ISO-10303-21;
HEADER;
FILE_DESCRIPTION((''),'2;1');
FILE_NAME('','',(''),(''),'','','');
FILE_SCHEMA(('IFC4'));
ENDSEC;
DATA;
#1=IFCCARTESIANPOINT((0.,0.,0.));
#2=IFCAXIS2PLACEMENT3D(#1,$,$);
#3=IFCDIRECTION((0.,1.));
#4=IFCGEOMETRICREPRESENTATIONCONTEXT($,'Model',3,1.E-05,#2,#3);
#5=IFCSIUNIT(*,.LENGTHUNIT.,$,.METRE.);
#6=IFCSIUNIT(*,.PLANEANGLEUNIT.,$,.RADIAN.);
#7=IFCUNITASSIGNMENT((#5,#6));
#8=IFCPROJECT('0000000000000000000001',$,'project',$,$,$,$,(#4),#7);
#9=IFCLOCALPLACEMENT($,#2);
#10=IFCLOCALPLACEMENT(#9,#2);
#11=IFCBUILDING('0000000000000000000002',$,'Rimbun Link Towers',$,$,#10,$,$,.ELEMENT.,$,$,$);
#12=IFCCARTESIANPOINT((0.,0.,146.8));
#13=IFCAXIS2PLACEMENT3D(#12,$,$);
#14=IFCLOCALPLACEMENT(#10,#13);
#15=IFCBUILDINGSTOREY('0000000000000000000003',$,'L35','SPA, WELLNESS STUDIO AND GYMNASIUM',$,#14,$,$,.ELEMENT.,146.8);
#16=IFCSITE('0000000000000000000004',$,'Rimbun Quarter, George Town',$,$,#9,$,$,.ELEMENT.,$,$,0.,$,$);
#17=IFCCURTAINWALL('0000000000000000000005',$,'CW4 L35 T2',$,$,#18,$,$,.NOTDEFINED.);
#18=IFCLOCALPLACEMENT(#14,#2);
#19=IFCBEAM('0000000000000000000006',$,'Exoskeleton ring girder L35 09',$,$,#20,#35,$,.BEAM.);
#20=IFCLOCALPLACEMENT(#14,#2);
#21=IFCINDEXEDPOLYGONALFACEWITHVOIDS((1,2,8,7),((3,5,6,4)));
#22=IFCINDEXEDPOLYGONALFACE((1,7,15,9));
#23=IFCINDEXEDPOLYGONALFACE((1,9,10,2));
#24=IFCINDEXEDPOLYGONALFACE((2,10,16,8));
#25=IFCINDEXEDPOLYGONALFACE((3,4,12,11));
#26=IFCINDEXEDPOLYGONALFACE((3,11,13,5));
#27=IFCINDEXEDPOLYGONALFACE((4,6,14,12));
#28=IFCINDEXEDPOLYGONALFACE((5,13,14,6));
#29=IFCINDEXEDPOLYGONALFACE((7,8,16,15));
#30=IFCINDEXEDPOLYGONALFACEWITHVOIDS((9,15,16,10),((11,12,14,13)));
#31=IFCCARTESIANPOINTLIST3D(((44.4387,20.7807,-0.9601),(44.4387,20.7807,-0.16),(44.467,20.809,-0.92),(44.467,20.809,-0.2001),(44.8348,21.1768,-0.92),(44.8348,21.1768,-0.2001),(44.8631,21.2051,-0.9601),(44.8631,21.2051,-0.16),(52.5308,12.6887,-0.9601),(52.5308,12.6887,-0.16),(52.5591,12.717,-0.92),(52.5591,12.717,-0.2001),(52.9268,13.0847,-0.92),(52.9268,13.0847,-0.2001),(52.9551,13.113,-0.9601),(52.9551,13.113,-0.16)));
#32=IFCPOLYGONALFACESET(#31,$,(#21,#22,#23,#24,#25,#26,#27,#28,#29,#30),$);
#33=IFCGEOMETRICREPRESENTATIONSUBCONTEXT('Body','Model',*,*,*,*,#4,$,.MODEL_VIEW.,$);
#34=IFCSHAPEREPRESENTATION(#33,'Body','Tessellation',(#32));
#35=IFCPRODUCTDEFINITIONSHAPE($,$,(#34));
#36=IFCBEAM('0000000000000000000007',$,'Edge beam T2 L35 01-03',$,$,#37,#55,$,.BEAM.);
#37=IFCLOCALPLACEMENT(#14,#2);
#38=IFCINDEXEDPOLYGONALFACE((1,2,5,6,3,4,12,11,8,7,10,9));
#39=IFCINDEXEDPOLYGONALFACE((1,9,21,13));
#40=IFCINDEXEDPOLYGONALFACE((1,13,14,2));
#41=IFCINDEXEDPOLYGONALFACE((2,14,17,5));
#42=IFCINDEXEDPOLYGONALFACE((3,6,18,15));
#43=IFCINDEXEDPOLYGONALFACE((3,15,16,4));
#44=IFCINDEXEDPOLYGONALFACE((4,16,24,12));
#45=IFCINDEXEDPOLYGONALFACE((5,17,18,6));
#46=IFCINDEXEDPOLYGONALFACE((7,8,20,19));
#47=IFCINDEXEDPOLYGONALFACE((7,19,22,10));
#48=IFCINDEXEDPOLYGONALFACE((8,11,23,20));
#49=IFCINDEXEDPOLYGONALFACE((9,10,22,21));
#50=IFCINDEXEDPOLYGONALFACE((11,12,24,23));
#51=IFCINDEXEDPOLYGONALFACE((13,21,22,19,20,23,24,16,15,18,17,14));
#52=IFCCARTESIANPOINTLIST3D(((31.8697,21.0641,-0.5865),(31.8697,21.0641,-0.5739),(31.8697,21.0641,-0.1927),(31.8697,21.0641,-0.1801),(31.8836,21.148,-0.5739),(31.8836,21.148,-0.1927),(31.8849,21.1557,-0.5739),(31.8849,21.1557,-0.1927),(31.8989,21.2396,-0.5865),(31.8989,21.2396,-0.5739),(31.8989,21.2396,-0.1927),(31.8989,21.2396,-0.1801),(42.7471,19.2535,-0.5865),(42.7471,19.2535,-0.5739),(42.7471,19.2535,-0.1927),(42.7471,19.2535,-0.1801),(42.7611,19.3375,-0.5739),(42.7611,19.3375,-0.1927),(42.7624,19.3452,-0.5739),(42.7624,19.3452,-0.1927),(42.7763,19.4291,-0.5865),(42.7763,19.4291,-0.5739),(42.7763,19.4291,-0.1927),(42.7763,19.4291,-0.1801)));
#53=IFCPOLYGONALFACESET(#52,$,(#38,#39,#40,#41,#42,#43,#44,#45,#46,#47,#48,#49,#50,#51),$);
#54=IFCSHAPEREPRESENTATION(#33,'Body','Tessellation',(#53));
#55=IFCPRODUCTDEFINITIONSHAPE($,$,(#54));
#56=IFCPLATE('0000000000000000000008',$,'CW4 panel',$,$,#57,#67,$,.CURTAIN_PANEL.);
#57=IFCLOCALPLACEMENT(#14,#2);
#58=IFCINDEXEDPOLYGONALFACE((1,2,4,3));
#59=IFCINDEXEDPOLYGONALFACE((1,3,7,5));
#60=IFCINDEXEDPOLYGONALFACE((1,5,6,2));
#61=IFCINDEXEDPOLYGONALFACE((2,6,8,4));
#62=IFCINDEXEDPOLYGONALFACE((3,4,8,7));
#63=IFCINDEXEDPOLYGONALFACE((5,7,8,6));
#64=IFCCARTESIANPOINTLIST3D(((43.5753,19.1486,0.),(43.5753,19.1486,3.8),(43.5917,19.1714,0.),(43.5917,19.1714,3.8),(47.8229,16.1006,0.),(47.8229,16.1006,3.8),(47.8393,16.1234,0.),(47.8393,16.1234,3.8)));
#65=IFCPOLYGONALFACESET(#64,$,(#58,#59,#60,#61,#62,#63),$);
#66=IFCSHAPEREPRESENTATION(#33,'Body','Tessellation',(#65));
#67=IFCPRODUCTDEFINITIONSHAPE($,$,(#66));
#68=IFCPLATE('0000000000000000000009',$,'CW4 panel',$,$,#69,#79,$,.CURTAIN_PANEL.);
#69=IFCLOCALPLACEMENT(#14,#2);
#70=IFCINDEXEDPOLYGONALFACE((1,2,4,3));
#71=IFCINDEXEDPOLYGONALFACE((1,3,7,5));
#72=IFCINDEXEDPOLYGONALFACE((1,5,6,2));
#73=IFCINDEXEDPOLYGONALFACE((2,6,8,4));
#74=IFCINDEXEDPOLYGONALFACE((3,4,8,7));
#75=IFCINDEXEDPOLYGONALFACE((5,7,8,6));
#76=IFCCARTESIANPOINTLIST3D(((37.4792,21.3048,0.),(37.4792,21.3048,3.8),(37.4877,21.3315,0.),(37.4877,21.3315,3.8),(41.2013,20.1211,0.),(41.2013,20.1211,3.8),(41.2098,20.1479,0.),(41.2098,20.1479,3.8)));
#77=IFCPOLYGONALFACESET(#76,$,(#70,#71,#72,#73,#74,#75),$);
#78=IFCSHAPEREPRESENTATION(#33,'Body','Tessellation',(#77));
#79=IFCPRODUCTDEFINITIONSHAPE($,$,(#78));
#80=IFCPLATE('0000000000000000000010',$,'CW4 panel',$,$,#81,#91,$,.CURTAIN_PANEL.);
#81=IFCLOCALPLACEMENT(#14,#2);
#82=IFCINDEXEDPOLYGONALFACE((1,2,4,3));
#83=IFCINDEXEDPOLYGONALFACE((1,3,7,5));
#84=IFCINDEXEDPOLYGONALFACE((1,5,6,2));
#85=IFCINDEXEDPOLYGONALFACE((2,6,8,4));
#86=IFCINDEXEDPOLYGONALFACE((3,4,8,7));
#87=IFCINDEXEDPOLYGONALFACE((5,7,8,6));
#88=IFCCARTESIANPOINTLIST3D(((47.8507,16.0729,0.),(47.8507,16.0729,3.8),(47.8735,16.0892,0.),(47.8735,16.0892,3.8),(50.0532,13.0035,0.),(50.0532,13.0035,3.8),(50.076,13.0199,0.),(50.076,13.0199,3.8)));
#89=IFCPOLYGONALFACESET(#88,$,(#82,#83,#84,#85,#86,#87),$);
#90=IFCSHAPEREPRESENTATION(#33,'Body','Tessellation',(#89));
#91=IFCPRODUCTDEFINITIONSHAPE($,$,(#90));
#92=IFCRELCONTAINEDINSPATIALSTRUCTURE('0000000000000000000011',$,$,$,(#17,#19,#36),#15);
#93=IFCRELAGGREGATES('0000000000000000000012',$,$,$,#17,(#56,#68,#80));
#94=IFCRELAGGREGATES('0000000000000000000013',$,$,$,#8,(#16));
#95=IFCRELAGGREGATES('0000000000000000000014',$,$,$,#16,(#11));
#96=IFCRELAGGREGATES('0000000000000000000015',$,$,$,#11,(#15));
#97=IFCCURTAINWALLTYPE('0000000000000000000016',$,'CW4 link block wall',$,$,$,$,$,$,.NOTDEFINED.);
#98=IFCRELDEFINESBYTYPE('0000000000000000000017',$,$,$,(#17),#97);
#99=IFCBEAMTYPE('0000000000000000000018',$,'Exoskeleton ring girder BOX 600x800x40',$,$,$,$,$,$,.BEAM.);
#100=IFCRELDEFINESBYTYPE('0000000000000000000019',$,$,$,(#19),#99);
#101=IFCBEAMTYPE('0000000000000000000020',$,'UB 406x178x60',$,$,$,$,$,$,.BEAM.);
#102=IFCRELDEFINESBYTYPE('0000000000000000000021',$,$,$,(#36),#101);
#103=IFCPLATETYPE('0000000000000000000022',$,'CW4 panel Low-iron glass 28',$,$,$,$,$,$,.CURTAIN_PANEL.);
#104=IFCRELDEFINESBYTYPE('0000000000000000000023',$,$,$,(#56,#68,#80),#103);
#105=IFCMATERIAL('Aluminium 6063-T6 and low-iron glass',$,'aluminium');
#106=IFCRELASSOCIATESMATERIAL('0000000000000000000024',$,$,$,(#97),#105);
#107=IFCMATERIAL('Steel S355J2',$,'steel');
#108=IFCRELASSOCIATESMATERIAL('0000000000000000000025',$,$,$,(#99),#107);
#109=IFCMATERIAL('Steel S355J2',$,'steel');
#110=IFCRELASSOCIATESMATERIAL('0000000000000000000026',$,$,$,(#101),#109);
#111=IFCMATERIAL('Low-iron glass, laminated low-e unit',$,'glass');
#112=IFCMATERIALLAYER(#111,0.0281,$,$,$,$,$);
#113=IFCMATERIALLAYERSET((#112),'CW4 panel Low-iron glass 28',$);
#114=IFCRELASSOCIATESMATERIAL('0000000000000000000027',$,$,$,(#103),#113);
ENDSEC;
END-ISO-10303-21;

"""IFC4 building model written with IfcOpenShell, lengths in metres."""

from ifc_helpers import new_model, si_unit, direction, frame, origin, origin_2d, place, context, subcontext, project, spatial, rectangle, hollow_rectangle, i_section, extrude, material, layer, layer_set, material_profile, profile_set, type_object, element, aggregate, save


model = new_model("IFC4")

# Units and contexts
model_context = context("Model", 3, precision=1e-05, world=origin(), true_north=direction((0.0, 1.0)))
body_context = subcontext(model_context, "Body", "Model", "MODEL_VIEW")
ifc_project = project(units=[si_unit("LENGTHUNIT", "METRE"), si_unit("PLANEANGLEUNIT", "RADIAN")], contexts=[model_context])

# Site, building, storey
site_placement = place(None, origin())
site = spatial("IfcSite", under=ifc_project, at=site_placement, Name="Rimbun Quarter, George Town", CompositionType="ELEMENT", RefElevation=0.0)
building_placement = place(site_placement, origin())
building = spatial("IfcBuilding", under=site, at=building_placement, Name="Rimbun Link Towers", CompositionType="ELEMENT")
storey_placement = place(building_placement, frame((0.0, 0.0, 146.8)))
storey = spatial("IfcBuildingStorey", under=building, at=storey_placement, Name="L35", Description="SPA, WELLNESS STUDIO AND GYMNASIUM", CompositionType="ELEMENT", Elevation=146.8)

# Curtain wall
ifc_material_1 = material(Name="Aluminium 6063-T6 and low-iron glass", Category="aluminium")
curtain_wall_type = type_object("IfcCurtainWallType", Name="CW4 link block wall", PredefinedType="NOTDEFINED", material=ifc_material_1)
curtain_wall_placement = place(storey_placement, origin())
curtain_wall = element("IfcCurtainWall", 1, at=curtain_wall_placement, inside=storey, type_object=curtain_wall_type, Name="CW4 L35 T2", PredefinedType="NOTDEFINED")

# Beams
ifc_material_2 = material(Name="Steel S355J2", Category="steel")
ifc_material_profile_1 = material_profile(ifc_material_2, hollow_rectangle(XDim=0.6001, YDim=0.8, WallThickness=0.04, at=origin_2d()), Name="Exoskeleton ring girder BOX 600x800x40")
ifc_profile_set_1 = profile_set([ifc_material_profile_1], Name="Steel S355J2")
beam_type_1 = type_object("IfcBeamType", Name="Exoskeleton ring girder BOX 600x800x40", PredefinedType="BEAM", material=ifc_profile_set_1)
beam_1_placement = place(storey_placement, frame((52.7429, 12.9009, -0.5601), z_axis=(-0.707107, 0.707107, 0.0), x_axis=(-0.707107, -0.707107, 0.0)))
element("IfcBeam", 2, at=beam_1_placement, inside=storey, type_object=beam_type_1, Name="Exoskeleton ring girder L35 09", PredefinedType="BEAM", context=body_context, shape_type="SweptSolid", body=[
    extrude(hollow_rectangle(XDim=0.6001, YDim=0.8, WallThickness=0.04, at=origin_2d()), origin(), (0.0, 0.0, 1.0), 11.4438),
])
ifc_material_3 = material(Name="Steel S355J2", Category="steel")
ifc_material_profile_2 = material_profile(ifc_material_3, i_section(OverallWidth=0.178, OverallDepth=0.4065, WebThickness=0.0078, FlangeThickness=0.0127, at=origin_2d()), Name="UB 406x178x60")
ifc_profile_set_2 = profile_set([ifc_material_profile_2], Name="Steel S355J2")
beam_type_2 = type_object("IfcBeamType", Name="UB 406x178x60", PredefinedType="BEAM", material=ifc_profile_set_2)
beam_2_placement = place(storey_placement, frame((42.7617, 19.3413, -0.3833), z_axis=(-0.986429, 0.164191, 0.0), x_axis=(-0.164191, -0.986429, 0.0)))
element("IfcBeam", 3, at=beam_2_placement, inside=storey, type_object=beam_type_2, Name="Edge beam T2 L35 01-03", PredefinedType="BEAM", context=body_context, shape_type="SweptSolid", body=[
    extrude(i_section(OverallWidth=0.178, OverallDepth=0.4065, WebThickness=0.0078, FlangeThickness=0.0127, at=origin_2d()), origin(), (0.0, 0.0, 1.0), 11.0271),
])

# Plates
ifc_material_4 = material(Name="Low-iron glass, laminated low-e unit", Category="glass")
ifc_layer = layer(ifc_material_4, 0.0281)
ifc_layer_set = layer_set([ifc_layer], Name="CW4 panel Low-iron glass 28")
plate_type = type_object("IfcPlateType", Name="CW4 panel Low-iron glass 28", PredefinedType="CURTAIN_PANEL", material=ifc_layer_set)
plate_1_placement = place(storey_placement, frame((45.7073, 17.636, 0.0), z_axis=(0.0, 0.0, 1.0), x_axis=(0.812465, -0.583009, 0.0)))
plate_1 = element("IfcPlate", 4, at=plate_1_placement, type_object=plate_type, Name="CW4 panel", PredefinedType="CURTAIN_PANEL", context=body_context, shape_type="SweptSolid", body=[
    extrude(rectangle(XDim=5.228, YDim=0.0281, at=origin_2d()), origin(), (0.0, 0.0, 1.0), 3.8),
])
plate_2_placement = place(storey_placement, frame((39.3445, 20.7263, 0.0), z_axis=(0.0, 0.0, 1.0), x_axis=(0.952972, -0.30306, 0.0)))
plate_2 = element("IfcPlate", 5, at=plate_2_placement, type_object=plate_type, Name="CW4 panel", PredefinedType="CURTAIN_PANEL", context=body_context, shape_type="SweptSolid", body=[
    extrude(rectangle(XDim=3.9058, YDim=0.0281, at=origin_2d()), origin(), (0.0, 0.0, 1.0), 3.8),
])
plate_3_placement = place(storey_placement, frame((48.9634, 14.5464, 0.0), z_axis=(0.0, 0.0, 1.0), x_axis=(0.583009, -0.812465, 0.0)))
plate_3 = element("IfcPlate", 6, at=plate_3_placement, type_object=plate_type, Name="CW4 panel", PredefinedType="CURTAIN_PANEL", context=body_context, shape_type="SweptSolid", body=[
    extrude(rectangle(XDim=3.7778, YDim=0.0281, at=origin_2d()), origin(), (0.0, 0.0, 1.0), 3.8),
])
aggregate(curtain_wall, [plate_1, plate_2, plate_3])

save(model, "model.ifc")
